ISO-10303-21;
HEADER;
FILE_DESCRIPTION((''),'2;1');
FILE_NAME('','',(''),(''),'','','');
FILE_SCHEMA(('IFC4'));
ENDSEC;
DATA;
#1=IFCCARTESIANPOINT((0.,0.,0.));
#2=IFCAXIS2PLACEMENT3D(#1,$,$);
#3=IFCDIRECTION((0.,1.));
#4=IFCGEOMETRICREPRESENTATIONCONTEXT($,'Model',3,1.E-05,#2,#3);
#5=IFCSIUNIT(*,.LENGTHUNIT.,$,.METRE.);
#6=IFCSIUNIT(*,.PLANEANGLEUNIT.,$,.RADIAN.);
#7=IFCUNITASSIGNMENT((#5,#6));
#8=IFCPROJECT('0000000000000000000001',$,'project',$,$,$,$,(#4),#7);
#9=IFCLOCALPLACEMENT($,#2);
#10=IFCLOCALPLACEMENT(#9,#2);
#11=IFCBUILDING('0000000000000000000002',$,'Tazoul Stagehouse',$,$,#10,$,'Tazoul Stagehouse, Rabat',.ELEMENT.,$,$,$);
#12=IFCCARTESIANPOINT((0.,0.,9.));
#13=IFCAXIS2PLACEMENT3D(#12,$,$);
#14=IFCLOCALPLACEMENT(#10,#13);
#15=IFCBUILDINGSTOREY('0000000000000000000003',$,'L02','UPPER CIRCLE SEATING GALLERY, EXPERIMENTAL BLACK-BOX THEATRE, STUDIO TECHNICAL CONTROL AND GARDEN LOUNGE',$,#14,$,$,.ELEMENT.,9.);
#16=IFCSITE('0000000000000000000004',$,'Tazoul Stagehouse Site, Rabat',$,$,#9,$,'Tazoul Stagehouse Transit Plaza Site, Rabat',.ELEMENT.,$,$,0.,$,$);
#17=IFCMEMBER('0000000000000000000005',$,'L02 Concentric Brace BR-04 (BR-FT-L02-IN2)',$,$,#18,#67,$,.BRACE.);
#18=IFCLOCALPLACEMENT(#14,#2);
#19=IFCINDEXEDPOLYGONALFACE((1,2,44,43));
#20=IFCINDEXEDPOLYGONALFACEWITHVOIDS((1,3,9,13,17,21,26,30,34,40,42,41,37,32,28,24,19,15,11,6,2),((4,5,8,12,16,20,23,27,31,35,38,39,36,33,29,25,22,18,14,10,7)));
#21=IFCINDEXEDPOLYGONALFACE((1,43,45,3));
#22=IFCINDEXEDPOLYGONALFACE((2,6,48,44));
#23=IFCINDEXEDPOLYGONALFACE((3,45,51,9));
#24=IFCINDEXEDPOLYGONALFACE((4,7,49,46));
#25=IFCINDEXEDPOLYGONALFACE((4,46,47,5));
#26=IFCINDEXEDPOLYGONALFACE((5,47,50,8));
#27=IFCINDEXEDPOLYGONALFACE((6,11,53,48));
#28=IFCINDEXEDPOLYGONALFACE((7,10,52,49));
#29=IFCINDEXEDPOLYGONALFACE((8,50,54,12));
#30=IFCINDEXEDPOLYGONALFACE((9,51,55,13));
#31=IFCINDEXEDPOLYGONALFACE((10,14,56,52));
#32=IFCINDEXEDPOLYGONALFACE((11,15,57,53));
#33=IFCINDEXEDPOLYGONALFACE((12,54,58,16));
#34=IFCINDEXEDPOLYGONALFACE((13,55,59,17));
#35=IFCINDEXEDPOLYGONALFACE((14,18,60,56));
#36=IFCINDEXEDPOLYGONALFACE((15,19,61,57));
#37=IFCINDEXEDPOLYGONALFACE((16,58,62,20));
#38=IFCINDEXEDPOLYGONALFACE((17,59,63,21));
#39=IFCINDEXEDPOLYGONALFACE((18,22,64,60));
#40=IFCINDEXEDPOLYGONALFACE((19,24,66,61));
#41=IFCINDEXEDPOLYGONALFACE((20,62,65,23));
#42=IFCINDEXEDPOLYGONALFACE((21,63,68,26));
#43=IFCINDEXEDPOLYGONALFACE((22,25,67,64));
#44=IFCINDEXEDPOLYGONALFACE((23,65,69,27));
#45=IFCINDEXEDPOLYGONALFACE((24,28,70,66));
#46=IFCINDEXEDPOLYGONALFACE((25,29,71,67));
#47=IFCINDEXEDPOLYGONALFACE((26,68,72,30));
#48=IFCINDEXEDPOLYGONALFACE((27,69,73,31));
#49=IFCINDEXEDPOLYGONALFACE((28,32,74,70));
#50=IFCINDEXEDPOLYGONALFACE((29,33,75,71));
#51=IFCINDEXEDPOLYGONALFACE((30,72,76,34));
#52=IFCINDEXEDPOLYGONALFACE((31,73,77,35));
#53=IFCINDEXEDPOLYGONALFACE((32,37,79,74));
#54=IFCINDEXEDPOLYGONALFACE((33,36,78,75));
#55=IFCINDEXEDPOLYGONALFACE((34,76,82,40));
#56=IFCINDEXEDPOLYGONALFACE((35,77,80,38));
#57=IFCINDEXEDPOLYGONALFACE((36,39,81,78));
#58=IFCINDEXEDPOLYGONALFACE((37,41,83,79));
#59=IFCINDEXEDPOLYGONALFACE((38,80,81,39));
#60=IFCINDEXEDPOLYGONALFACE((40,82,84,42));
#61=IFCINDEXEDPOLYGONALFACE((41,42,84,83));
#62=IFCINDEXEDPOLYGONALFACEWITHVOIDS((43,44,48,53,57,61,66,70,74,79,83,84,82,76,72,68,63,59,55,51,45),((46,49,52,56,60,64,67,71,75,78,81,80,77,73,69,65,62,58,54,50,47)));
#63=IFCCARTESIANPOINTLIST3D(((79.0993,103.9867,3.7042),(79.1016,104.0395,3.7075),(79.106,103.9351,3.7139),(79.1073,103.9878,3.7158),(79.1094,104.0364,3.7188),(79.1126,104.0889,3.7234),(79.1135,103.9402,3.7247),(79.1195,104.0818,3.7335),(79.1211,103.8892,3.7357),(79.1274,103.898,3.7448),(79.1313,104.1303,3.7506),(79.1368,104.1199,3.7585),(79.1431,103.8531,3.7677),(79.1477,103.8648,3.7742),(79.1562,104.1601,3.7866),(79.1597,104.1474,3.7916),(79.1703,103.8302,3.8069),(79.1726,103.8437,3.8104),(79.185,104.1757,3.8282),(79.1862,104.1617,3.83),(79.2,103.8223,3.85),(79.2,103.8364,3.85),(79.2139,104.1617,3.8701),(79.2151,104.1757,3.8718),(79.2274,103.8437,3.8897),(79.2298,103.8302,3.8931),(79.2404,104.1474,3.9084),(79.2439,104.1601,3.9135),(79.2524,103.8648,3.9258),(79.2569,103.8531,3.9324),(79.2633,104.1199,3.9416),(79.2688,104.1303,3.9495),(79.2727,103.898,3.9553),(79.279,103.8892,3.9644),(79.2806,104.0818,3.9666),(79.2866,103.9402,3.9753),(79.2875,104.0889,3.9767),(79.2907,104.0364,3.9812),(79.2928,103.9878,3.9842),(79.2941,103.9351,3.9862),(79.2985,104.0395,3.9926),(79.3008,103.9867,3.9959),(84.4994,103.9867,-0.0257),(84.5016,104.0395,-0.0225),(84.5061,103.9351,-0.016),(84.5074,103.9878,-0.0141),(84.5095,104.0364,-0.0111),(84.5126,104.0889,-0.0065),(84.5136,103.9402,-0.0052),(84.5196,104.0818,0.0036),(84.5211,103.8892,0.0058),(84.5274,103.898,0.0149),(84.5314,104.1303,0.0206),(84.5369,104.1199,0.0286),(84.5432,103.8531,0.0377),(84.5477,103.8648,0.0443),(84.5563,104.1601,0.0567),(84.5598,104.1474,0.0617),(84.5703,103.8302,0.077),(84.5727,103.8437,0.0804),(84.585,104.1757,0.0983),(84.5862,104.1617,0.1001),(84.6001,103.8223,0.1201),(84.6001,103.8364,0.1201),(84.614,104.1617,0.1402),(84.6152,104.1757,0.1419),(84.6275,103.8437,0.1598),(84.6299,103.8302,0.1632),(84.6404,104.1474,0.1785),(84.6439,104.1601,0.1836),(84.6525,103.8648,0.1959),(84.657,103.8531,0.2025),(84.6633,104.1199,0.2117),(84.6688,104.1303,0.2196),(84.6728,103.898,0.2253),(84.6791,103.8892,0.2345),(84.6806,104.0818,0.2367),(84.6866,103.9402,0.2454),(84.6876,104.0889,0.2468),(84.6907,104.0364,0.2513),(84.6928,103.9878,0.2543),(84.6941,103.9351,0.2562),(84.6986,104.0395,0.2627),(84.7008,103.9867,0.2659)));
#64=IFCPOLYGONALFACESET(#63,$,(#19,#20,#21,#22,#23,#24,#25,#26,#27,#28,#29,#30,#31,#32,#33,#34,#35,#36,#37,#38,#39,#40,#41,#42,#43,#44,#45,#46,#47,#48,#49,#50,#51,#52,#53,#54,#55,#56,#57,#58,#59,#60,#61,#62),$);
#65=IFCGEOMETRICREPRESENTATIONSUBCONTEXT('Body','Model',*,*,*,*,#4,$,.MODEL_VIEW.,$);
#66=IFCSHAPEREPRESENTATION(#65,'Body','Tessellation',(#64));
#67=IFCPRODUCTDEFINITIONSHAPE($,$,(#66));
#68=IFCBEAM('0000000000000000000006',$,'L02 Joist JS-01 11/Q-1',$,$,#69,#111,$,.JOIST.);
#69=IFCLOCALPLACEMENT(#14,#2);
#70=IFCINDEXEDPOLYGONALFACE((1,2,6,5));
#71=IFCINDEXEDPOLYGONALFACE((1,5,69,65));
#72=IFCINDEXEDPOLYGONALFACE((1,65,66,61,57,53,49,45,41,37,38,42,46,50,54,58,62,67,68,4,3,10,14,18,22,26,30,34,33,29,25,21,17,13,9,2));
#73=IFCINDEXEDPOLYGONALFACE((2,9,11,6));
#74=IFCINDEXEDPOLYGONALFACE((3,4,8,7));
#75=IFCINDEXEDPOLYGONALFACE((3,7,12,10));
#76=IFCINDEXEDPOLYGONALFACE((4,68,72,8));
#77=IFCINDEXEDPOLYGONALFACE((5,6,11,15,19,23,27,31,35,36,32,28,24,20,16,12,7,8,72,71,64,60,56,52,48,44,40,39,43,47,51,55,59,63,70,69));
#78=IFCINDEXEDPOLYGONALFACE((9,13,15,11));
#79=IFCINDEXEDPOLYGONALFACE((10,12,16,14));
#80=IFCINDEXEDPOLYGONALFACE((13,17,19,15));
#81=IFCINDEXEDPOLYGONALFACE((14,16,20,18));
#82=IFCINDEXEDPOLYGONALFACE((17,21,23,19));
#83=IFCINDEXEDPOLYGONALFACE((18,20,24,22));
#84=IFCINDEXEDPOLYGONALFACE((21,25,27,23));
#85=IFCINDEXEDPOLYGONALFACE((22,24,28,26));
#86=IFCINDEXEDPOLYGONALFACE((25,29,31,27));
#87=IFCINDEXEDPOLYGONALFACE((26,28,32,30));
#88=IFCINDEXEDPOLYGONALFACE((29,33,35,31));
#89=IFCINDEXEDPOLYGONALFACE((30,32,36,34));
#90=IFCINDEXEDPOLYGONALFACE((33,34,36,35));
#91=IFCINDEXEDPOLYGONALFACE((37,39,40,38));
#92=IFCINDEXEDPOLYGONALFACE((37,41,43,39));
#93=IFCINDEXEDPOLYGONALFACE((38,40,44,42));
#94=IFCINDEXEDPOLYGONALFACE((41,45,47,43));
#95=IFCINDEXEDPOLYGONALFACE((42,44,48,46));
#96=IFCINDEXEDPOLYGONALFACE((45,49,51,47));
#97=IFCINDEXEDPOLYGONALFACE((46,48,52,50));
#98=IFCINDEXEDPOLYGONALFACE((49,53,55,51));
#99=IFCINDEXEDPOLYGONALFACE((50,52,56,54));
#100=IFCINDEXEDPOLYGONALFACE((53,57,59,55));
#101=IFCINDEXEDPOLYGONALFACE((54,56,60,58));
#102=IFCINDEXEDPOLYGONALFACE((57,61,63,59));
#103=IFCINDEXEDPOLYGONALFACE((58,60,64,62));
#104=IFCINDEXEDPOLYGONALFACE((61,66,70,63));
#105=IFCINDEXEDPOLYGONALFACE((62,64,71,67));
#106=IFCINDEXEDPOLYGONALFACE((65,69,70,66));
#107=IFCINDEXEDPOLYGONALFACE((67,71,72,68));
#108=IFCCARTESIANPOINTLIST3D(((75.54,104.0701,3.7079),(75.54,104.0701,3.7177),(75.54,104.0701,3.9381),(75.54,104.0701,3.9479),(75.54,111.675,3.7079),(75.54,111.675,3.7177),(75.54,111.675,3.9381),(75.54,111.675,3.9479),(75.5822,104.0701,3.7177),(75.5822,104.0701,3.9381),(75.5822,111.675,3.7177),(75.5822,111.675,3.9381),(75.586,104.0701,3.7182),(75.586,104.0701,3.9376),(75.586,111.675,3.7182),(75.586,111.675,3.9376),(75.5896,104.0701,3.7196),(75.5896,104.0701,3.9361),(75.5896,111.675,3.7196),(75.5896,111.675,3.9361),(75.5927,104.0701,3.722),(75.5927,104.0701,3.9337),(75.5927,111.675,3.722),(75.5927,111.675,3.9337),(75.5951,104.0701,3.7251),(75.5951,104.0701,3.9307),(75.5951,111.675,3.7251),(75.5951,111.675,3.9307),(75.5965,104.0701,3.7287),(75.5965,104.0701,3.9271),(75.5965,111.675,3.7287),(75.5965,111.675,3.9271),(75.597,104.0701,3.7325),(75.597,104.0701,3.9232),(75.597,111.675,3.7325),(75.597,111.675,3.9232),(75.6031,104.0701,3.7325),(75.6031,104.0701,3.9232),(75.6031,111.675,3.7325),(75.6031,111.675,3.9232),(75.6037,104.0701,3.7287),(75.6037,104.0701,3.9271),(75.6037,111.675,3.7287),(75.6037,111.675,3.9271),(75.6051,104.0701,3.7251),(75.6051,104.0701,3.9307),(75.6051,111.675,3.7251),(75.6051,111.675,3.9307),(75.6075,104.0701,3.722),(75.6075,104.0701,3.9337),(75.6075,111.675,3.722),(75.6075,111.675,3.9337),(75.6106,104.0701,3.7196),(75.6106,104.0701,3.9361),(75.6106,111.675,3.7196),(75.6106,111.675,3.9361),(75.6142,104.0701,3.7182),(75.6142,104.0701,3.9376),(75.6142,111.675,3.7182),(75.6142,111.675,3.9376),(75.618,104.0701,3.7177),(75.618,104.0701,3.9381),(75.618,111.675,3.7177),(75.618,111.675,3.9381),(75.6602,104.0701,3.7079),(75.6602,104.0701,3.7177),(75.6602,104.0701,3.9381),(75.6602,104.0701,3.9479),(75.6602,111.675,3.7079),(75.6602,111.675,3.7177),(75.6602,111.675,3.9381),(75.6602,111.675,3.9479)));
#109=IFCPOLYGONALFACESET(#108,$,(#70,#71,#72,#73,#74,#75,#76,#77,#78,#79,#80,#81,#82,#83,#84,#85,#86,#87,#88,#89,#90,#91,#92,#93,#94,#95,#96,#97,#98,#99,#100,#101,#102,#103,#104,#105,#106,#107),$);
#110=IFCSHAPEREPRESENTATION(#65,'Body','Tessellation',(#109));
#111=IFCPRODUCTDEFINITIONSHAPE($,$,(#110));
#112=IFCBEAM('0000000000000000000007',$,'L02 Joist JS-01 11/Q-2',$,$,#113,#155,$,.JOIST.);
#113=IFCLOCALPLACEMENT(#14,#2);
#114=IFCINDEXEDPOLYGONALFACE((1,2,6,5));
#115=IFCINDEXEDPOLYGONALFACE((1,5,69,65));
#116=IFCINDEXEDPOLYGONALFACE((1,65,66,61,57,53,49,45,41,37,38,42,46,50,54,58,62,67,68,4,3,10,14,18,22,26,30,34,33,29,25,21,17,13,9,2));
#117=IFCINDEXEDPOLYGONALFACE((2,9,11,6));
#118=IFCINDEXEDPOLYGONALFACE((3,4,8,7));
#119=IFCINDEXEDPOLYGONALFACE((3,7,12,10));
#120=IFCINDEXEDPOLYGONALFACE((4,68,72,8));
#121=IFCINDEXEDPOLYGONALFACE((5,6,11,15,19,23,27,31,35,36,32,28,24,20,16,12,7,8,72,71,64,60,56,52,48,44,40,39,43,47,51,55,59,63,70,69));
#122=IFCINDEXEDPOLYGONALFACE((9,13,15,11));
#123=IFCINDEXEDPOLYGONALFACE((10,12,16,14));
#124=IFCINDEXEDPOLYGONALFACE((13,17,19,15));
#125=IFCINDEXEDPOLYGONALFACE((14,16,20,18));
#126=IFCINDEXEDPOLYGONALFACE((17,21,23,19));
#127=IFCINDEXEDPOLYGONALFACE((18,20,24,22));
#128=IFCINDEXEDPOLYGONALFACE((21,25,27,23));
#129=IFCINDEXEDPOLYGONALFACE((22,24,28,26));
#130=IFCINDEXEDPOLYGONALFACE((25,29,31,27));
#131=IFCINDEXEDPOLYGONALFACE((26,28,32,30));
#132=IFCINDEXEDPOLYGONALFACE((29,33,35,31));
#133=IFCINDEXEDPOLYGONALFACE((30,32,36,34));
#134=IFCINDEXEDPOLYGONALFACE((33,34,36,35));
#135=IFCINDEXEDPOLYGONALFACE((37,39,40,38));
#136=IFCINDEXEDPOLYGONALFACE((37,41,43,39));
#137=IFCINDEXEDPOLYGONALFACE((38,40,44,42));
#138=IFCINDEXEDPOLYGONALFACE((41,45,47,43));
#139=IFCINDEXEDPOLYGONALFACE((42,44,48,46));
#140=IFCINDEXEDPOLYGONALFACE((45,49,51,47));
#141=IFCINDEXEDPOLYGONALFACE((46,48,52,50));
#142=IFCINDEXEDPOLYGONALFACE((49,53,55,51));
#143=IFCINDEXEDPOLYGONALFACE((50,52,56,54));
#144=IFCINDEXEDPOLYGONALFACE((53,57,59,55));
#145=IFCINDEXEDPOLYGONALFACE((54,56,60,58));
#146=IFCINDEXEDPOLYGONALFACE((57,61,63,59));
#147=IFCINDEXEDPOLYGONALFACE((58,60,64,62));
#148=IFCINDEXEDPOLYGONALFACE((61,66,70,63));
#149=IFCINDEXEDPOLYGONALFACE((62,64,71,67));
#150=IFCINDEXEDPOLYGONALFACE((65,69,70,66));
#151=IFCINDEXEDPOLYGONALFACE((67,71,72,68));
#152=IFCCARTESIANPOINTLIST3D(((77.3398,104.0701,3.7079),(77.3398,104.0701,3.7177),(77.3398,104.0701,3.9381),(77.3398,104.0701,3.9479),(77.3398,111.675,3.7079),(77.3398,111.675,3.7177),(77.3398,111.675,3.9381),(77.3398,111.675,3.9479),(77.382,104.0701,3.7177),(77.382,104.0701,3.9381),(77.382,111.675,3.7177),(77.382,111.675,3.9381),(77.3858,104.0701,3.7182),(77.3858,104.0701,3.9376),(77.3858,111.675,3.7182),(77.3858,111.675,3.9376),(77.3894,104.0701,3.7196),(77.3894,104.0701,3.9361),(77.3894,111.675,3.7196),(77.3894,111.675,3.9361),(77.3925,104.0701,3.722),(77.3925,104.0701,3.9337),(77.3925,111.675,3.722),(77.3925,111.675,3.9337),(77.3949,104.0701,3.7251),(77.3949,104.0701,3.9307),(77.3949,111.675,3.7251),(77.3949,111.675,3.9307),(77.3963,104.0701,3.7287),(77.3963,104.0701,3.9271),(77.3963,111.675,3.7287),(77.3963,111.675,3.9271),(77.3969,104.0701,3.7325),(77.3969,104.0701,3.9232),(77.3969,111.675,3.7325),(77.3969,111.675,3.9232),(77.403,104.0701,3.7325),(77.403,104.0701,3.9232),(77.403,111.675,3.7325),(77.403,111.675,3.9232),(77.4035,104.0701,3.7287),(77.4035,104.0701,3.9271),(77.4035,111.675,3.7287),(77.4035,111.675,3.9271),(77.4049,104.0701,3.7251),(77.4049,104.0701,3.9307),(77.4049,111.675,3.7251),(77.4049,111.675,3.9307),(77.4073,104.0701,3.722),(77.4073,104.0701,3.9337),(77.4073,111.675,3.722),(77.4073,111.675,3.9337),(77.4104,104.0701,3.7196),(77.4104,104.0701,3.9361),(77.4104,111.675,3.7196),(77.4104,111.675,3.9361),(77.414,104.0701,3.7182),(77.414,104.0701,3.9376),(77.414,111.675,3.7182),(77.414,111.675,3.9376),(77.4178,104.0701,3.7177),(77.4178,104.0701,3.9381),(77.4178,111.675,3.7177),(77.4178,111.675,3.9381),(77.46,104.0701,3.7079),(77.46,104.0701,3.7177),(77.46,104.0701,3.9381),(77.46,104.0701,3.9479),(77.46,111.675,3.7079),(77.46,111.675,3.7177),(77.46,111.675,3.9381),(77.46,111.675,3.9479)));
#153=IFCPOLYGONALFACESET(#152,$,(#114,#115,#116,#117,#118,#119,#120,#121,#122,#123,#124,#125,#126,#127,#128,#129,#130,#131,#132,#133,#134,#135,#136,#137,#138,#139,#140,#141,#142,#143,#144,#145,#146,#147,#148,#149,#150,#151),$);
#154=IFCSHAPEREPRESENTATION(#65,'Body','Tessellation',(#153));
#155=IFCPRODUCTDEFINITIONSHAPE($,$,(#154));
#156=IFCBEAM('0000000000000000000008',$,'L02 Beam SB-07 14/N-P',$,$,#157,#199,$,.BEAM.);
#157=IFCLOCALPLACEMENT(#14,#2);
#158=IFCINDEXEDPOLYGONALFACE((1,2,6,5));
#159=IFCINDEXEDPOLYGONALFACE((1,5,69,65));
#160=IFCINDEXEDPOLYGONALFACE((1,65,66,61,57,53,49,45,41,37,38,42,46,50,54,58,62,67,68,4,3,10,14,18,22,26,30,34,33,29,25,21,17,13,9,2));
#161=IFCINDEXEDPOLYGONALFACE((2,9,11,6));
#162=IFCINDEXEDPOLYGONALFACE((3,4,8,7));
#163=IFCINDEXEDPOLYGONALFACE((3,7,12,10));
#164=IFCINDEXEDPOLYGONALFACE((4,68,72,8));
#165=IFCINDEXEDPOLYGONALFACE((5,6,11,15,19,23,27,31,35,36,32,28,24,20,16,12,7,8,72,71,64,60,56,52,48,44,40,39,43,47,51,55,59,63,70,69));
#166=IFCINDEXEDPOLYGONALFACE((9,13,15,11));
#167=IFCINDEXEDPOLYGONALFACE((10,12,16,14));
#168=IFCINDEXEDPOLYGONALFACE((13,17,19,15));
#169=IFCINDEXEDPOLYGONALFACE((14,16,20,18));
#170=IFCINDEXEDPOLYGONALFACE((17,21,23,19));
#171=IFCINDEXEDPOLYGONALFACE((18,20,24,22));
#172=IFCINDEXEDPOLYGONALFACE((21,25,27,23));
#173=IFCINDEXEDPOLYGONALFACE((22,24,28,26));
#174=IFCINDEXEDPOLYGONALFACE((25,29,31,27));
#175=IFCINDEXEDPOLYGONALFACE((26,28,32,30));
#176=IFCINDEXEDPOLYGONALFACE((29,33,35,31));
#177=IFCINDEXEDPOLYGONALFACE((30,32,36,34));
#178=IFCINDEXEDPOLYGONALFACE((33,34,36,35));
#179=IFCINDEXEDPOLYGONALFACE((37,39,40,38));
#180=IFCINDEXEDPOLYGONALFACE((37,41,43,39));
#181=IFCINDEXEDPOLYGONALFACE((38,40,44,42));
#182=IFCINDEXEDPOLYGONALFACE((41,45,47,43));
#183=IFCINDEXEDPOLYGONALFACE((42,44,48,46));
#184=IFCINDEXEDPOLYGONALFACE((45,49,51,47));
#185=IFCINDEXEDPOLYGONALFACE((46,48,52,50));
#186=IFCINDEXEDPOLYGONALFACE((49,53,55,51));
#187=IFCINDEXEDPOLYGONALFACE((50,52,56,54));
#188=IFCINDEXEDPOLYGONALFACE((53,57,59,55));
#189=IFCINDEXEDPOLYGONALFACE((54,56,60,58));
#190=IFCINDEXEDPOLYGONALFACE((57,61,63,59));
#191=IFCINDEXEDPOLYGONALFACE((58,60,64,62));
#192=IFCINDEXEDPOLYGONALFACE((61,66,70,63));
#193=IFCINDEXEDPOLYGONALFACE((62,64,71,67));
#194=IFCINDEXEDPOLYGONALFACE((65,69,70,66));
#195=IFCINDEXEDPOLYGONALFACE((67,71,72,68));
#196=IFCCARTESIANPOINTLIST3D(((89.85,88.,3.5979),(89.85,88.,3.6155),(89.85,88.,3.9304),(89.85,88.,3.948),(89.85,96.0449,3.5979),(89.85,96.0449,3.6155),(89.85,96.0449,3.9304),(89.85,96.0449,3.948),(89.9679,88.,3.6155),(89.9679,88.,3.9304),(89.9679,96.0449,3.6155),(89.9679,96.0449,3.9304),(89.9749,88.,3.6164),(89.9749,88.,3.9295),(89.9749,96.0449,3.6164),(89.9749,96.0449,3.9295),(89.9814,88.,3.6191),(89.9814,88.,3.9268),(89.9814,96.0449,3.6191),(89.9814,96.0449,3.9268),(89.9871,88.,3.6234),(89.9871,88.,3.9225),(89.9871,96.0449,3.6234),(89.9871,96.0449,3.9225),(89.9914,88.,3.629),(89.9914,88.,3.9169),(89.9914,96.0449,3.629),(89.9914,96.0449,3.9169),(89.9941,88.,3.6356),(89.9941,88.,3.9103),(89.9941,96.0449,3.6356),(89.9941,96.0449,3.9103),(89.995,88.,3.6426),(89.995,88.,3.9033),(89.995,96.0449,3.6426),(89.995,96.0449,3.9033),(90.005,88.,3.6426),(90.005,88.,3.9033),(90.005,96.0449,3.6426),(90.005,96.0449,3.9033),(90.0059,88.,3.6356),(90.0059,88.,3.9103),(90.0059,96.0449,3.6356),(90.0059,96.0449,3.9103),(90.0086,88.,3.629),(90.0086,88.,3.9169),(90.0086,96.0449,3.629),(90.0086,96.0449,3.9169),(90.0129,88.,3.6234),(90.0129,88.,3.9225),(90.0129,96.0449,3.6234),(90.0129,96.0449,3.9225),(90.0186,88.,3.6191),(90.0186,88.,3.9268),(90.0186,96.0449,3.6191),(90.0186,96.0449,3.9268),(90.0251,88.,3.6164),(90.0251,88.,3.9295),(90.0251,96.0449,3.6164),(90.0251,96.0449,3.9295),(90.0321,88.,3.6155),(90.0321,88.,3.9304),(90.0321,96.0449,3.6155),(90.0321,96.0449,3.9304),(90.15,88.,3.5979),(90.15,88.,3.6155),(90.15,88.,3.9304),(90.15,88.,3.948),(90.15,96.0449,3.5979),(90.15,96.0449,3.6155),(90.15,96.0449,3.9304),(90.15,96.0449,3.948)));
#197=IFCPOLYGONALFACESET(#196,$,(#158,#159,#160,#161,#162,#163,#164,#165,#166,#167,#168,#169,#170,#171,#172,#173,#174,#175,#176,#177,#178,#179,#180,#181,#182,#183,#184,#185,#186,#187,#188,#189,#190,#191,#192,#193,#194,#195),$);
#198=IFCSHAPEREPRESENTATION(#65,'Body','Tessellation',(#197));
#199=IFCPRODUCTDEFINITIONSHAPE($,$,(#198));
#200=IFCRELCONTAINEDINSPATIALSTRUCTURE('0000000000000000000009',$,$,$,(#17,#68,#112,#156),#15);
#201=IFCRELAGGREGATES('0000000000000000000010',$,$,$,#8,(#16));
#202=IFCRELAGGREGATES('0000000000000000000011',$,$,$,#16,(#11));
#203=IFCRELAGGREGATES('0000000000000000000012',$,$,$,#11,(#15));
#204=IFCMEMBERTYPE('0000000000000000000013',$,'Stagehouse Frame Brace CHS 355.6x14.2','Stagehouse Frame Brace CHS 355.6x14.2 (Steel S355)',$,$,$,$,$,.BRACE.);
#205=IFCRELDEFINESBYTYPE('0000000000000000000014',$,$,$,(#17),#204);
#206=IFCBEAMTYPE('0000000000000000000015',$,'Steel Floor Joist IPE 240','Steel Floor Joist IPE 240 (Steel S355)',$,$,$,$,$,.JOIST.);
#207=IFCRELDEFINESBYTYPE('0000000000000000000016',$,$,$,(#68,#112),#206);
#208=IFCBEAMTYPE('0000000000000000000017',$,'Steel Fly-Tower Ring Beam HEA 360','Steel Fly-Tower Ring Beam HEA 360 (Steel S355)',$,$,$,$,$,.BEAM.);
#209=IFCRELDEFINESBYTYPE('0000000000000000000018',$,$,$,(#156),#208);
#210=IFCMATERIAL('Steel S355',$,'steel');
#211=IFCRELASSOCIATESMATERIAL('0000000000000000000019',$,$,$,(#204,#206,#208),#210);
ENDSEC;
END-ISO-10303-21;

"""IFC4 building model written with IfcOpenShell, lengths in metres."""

from ifc_helpers import new_model, si_unit, direction, frame, origin, origin_2d, place, context, subcontext, project, spatial, hollow_circle, i_section, extrude, material, material_profile, profile_set, type_object, element, save


model = new_model("IFC4")

# Units and contexts
model_context = context("Model", 3, precision=1e-05, world=origin(), true_north=direction((0.0, 1.0)))
body_context = subcontext(model_context, "Body", "Model", "MODEL_VIEW")
ifc_project = project(units=[si_unit("LENGTHUNIT", "METRE"), si_unit("PLANEANGLEUNIT", "RADIAN")], contexts=[model_context])

# Site, building, storey
site_placement = place(None, origin())
site = spatial("IfcSite", under=ifc_project, at=site_placement, Name="Tazoul Stagehouse Site, Rabat", LongName="Tazoul Stagehouse Transit Plaza Site, Rabat", CompositionType="ELEMENT", RefElevation=0.0)
building_placement = place(site_placement, origin())
building = spatial("IfcBuilding", under=site, at=building_placement, Name="Tazoul Stagehouse", LongName="Tazoul Stagehouse, Rabat", CompositionType="ELEMENT")
storey_placement = place(building_placement, frame((0.0, 0.0, 9.0)))
storey = spatial("IfcBuildingStorey", under=building, at=storey_placement, Name="L02", Description="UPPER CIRCLE SEATING GALLERY, EXPERIMENTAL BLACK-BOX THEATRE, STUDIO TECHNICAL CONTROL AND GARDEN LOUNGE", CompositionType="ELEMENT", Elevation=9.0)

# Shared definitions
ifc_material_1 = material(Name="Steel S355", Category="steel")

# Member
ifc_material_profile_1 = material_profile(ifc_material_1, hollow_circle(Radius=0.1777, WallThickness=0.0142, at=origin_2d()), Name="CHS 355.6x14.2")
ifc_profile_set_1 = profile_set([ifc_material_profile_1], Name="Steel S355")
member_type = type_object("IfcMemberType", Name="Stagehouse Frame Brace CHS 355.6x14.2", Description="Stagehouse Frame Brace CHS 355.6x14.2 (Steel S355)", PredefinedType="BRACE", material=ifc_profile_set_1)
member_placement = place(storey_placement, frame((84.6001, 104.0, 0.1201), z_axis=(-0.822804, 0.0, 0.568326), x_axis=(0.0, -1.0, 0.0)))
element("IfcMember", 1, at=member_placement, inside=storey, type_object=member_type, Name="L02 Concentric Brace BR-04 (BR-FT-L02-IN2)", PredefinedType="BRACE", context=body_context, shape_type="SweptSolid", body=[
    extrude(hollow_circle(Radius=0.1777, WallThickness=0.0142, at=origin_2d()), origin(), (0.0, 0.0, 1.0), 6.563),
])

# Beams
ifc_material_profile_2 = material_profile(ifc_material_1, i_section(OverallWidth=0.1201, OverallDepth=0.24, WebThickness=0.0061, FlangeThickness=0.0098, FilletRadius=0.0149, at=origin_2d()), Name="IPE 240")
ifc_profile_set_2 = profile_set([ifc_material_profile_2], Name="Steel S355")
beam_type_1 = type_object("IfcBeamType", Name="Steel Floor Joist IPE 240", Description="Steel Floor Joist IPE 240 (Steel S355)", PredefinedType="JOIST", material=ifc_profile_set_2)
for number, where, z_axis, x_axis, name in (
    (2, (75.6001, 104.0701, 3.8279), (0.0, 1.0, 0.0), (-1.0, 0.0, 0.0), "L02 Joist JS-01 11/Q-1"),
    (3, (77.3999, 104.0701, 3.8279), (0.0, 1.0, 0.0), (-1.0, 0.0, 0.0), "L02 Joist JS-01 11/Q-2"),
):
    element("IfcBeam", number, at=place(storey_placement, frame(where, z_axis=z_axis, x_axis=x_axis)), inside=storey, type_object=beam_type_1, Name=name, PredefinedType="JOIST", context=body_context, shape_type="SweptSolid", body=[
        extrude(i_section(OverallWidth=0.1201, OverallDepth=0.24, WebThickness=0.0061, FlangeThickness=0.0098, FilletRadius=0.0149, at=origin_2d()), origin(), (0.0, 0.0, 1.0), 7.605),
    ])
ifc_material_profile_3 = material_profile(ifc_material_1, i_section(OverallWidth=0.3, OverallDepth=0.3501, WebThickness=0.01, FlangeThickness=0.0176, FilletRadius=0.0271, at=origin_2d()), Name="HEA 360")
ifc_profile_set_3 = profile_set([ifc_material_profile_3], Name="Steel S355")
beam_type_2 = type_object("IfcBeamType", Name="Steel Fly-Tower Ring Beam HEA 360", Description="Steel Fly-Tower Ring Beam HEA 360 (Steel S355)", PredefinedType="BEAM", material=ifc_profile_set_3)
beam_1_placement = place(storey_placement, frame((90.0, 88.0, 3.7729), z_axis=(0.0, 1.0, 0.0), x_axis=(-1.0, 0.0, 0.0)))
element("IfcBeam", 4, at=beam_1_placement, inside=storey, type_object=beam_type_2, Name="L02 Beam SB-07 14/N-P", PredefinedType="BEAM", context=body_context, shape_type="SweptSolid", body=[
    extrude(i_section(OverallWidth=0.3, OverallDepth=0.3501, WebThickness=0.01, FlangeThickness=0.0176, FilletRadius=0.0271, at=origin_2d()), origin(), (0.0, 0.0, 1.0), 8.0449),
])

save(model, "model.ifc")
